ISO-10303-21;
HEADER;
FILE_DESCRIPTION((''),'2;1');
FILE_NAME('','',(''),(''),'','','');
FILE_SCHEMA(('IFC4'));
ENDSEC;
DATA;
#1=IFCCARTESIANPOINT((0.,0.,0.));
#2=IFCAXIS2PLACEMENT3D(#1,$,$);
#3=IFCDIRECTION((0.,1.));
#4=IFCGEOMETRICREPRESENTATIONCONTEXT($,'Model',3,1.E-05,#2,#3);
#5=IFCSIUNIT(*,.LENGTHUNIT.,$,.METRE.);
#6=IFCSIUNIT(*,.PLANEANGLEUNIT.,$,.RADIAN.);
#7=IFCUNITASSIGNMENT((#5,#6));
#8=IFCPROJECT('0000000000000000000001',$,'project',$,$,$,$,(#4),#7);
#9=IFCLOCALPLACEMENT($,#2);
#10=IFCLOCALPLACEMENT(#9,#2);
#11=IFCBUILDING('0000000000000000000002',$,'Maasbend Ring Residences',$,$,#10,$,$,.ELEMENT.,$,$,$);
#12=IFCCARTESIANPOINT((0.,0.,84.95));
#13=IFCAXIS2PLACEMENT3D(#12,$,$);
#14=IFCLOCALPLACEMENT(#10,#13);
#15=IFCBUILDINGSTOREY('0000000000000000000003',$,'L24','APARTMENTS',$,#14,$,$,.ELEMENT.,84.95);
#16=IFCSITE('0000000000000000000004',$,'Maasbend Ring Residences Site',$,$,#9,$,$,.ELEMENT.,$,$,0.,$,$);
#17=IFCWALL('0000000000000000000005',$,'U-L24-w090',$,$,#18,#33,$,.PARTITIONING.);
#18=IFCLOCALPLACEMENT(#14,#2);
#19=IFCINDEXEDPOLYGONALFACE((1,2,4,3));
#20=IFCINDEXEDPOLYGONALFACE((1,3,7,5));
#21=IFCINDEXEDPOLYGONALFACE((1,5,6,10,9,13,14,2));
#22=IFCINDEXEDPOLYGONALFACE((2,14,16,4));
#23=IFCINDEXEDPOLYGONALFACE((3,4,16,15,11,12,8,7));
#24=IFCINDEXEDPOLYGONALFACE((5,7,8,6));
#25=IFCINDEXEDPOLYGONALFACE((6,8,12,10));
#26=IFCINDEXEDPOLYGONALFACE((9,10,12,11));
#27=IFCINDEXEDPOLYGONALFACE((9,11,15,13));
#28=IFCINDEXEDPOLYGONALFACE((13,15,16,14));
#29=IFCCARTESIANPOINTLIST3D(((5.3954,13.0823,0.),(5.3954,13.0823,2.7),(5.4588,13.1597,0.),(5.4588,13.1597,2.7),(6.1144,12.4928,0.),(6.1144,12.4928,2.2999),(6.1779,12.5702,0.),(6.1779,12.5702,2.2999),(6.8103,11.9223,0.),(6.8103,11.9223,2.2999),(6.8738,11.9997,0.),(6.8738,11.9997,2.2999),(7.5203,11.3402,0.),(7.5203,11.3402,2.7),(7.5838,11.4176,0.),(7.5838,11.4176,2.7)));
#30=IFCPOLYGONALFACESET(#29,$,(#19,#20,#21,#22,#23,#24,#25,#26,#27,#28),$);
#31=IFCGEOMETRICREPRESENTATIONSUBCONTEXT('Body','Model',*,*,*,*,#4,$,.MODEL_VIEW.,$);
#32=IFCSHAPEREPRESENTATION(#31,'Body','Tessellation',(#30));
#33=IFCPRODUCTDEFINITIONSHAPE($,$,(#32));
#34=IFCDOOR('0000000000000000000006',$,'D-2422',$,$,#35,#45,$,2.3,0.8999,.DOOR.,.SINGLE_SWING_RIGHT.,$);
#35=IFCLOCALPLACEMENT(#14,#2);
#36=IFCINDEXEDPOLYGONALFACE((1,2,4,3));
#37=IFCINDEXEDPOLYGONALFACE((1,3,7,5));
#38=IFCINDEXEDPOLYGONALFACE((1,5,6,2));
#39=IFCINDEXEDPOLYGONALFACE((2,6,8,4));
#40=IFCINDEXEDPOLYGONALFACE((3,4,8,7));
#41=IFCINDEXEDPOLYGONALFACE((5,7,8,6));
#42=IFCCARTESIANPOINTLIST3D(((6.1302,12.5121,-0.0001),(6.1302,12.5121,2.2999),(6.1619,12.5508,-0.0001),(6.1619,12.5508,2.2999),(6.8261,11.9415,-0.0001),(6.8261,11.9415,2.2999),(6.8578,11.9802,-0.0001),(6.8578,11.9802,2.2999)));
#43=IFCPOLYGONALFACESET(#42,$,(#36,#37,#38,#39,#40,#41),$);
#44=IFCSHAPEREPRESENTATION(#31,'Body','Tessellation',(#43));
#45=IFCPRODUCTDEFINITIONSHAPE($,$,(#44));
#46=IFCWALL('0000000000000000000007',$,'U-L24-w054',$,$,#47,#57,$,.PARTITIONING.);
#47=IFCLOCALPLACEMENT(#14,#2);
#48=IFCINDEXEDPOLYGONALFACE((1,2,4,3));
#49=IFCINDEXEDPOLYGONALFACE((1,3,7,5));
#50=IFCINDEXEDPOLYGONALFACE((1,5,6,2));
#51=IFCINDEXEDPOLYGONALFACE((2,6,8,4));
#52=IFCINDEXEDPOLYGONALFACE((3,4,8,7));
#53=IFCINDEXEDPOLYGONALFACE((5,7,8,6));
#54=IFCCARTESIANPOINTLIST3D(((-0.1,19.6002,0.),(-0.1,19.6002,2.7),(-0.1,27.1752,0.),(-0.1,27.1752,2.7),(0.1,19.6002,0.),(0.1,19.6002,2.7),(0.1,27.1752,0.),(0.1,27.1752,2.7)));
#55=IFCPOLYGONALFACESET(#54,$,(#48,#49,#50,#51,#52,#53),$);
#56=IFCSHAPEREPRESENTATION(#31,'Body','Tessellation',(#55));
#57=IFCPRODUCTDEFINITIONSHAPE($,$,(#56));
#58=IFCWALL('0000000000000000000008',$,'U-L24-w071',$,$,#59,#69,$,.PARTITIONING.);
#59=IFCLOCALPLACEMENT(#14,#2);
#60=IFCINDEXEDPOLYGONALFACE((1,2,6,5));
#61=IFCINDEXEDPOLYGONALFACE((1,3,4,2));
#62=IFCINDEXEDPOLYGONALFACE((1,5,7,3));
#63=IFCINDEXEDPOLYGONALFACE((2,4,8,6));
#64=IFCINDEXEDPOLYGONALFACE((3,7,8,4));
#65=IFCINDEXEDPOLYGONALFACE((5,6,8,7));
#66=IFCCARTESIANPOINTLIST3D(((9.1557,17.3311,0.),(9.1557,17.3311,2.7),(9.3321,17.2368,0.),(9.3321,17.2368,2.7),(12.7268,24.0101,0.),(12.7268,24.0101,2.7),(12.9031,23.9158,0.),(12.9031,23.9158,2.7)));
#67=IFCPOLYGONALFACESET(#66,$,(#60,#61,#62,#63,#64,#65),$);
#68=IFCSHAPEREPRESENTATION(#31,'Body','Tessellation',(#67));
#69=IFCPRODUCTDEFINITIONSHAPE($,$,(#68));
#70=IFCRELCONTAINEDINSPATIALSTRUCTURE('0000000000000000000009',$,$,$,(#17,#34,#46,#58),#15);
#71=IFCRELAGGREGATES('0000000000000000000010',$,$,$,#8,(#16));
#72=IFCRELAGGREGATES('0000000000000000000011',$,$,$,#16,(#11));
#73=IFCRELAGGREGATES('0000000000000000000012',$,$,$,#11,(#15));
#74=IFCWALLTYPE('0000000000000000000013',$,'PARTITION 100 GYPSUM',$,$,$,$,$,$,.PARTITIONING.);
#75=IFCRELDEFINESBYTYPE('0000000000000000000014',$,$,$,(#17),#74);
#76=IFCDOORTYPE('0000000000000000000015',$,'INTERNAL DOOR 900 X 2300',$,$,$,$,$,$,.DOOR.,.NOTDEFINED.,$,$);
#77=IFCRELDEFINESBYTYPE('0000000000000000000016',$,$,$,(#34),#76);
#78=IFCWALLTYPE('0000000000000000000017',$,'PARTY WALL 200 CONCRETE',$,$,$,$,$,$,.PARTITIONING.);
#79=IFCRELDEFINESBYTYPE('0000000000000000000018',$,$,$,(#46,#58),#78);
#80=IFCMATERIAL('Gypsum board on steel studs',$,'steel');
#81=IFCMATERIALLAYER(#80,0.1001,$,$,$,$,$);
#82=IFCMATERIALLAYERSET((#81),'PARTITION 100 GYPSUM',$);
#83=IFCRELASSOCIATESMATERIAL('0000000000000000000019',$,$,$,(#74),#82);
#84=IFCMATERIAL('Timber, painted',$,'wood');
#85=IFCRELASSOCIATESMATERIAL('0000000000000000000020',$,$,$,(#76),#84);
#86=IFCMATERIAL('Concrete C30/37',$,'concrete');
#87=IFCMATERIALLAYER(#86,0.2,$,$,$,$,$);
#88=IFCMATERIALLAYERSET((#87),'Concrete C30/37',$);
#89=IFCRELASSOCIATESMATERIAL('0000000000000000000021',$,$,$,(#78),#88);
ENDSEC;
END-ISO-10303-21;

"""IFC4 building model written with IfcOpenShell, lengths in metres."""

from ifc_helpers import new_model, si_unit, direction, frame, frame_2d, origin, place, context, subcontext, project, spatial, rectangle, extrude, material, layer, layer_set, type_object, element, fill, save


model = new_model("IFC4")

# Units and contexts
model_context = context("Model", 3, precision=1e-05, world=origin(), true_north=direction((0.0, 1.0)))
body_context = subcontext(model_context, "Body", "Model", "MODEL_VIEW")
ifc_project = project(units=[si_unit("LENGTHUNIT", "METRE"), si_unit("PLANEANGLEUNIT", "RADIAN")], contexts=[model_context])

# Site, building, storey
site_placement = place(None, origin())
site = spatial("IfcSite", under=ifc_project, at=site_placement, Name="Maasbend Ring Residences Site", CompositionType="ELEMENT", RefElevation=0.0)
building_placement = place(site_placement, origin())
building = spatial("IfcBuilding", under=site, at=building_placement, Name="Maasbend Ring Residences", CompositionType="ELEMENT")
storey_placement = place(building_placement, frame((0.0, 0.0, 84.95)))
storey = spatial("IfcBuildingStorey", under=building, at=storey_placement, Name="L24", Description="APARTMENTS", CompositionType="ELEMENT", Elevation=84.95)

# Shared definitions
ifc_material_1 = material(Name="Gypsum board on steel studs", Category="steel")
ifc_layer_1 = layer(ifc_material_1, 0.1001)
ifc_layer_set_1 = layer_set([ifc_layer_1], Name="PARTITION 100 GYPSUM")
wall_type_1 = type_object("IfcWallType", Name="PARTITION 100 GYPSUM", PredefinedType="PARTITIONING", material=ifc_layer_set_1)

# Shared definitions
ifc_material_2 = material(Name="Timber, painted", Category="wood")
door_type_1 = type_object("IfcDoorType", Name="INTERNAL DOOR 900 X 2300", OperationType="NOTDEFINED", PredefinedType="DOOR", material=ifc_material_2)

# Wall, opening, door
wall_1_placement = place(storey_placement, frame((5.427, 13.1211, 0.0), z_axis=(0.0, 0.0, 1.0), x_axis=(0.773324, -0.634012, 0.0)))
wall_1 = element("IfcWall", 1, at=wall_1_placement, inside=storey, type_object=wall_type_1, Name="U-L24-w090", PredefinedType="PARTITIONING", context=body_context, shape_type="SweptSolid", body=[
    extrude(rectangle(XDim=2.7478, YDim=0.1001, at=frame_2d((1.374, 0.0))), origin(), (0.0, 0.0, 1.0), 2.7),
])
opening_1_placement = place(wall_1_placement, frame((0.9299, 0.0, 0.0)))
opening_1 = element("IfcOpeningElement", 2, at=opening_1_placement, cuts=wall_1, PredefinedType="OPENING", context=body_context, shape_type="SweptSolid", body=[
    extrude(rectangle(XDim=0.8999, YDim=2.3, at=frame_2d((0.45, 1.1499))), frame((0.0, 0.0601, 0.0), z_axis=(0.0, -1.0, 0.0), x_axis=(1.0, 0.0, 0.0)), (0.0, 0.0, 1.0), 0.1201),
])
door_1_placement = place(opening_1_placement, origin())
door_1 = element("IfcDoor", 3, at=door_1_placement, inside=storey, type_object=door_type_1, Name="D-2422", OperationType="SINGLE_SWING_RIGHT", OverallHeight=2.3, OverallWidth=0.8999, PredefinedType="DOOR", context=body_context, shape_type="SweptSolid", body=[
    extrude(rectangle(XDim=0.8999, YDim=2.3, at=frame_2d((0.45, 1.1499))), frame((0.0, 0.0249, 0.0), z_axis=(0.0, -1.0, 0.0), x_axis=(1.0, 0.0, 0.0)), (0.0, 0.0, 1.0), 0.05),
])
fill(opening_1, door_1)

# Walls
ifc_material_3 = material(Name="Concrete C30/37", Category="concrete")
ifc_layer_2 = layer(ifc_material_3, 0.2)
ifc_layer_set_2 = layer_set([ifc_layer_2], Name="Concrete C30/37")
wall_type_2 = type_object("IfcWallType", Name="PARTY WALL 200 CONCRETE", PredefinedType="PARTITIONING", material=ifc_layer_set_2)
wall_2_placement = place(storey_placement, frame((0.0, 19.6001, 0.0), z_axis=(0.0, 0.0, 1.0), x_axis=(0.0, 1.0, 0.0)))
element("IfcWall", 4, at=wall_2_placement, inside=storey, type_object=wall_type_2, Name="U-L24-w054", PredefinedType="PARTITIONING", context=body_context, shape_type="SweptSolid", body=[
    extrude(rectangle(XDim=7.575, YDim=0.2, at=frame_2d((3.7876, 0.0))), origin(), (0.0, 0.0, 1.0), 2.7),
])
wall_3_placement = place(storey_placement, frame((9.2439, 17.2839, 0.0), z_axis=(0.0, 0.0, 1.0), x_axis=(0.471507, 0.881863, 0.0)))
element("IfcWall", 5, at=wall_3_placement, inside=storey, type_object=wall_type_2, Name="U-L24-w071", PredefinedType="PARTITIONING", context=body_context, shape_type="SweptSolid", body=[
    extrude(rectangle(XDim=7.5737, YDim=0.2, at=frame_2d((3.7869, 0.0))), origin(), (0.0, 0.0, 1.0), 2.7),
])

save(model, "model.ifc")
